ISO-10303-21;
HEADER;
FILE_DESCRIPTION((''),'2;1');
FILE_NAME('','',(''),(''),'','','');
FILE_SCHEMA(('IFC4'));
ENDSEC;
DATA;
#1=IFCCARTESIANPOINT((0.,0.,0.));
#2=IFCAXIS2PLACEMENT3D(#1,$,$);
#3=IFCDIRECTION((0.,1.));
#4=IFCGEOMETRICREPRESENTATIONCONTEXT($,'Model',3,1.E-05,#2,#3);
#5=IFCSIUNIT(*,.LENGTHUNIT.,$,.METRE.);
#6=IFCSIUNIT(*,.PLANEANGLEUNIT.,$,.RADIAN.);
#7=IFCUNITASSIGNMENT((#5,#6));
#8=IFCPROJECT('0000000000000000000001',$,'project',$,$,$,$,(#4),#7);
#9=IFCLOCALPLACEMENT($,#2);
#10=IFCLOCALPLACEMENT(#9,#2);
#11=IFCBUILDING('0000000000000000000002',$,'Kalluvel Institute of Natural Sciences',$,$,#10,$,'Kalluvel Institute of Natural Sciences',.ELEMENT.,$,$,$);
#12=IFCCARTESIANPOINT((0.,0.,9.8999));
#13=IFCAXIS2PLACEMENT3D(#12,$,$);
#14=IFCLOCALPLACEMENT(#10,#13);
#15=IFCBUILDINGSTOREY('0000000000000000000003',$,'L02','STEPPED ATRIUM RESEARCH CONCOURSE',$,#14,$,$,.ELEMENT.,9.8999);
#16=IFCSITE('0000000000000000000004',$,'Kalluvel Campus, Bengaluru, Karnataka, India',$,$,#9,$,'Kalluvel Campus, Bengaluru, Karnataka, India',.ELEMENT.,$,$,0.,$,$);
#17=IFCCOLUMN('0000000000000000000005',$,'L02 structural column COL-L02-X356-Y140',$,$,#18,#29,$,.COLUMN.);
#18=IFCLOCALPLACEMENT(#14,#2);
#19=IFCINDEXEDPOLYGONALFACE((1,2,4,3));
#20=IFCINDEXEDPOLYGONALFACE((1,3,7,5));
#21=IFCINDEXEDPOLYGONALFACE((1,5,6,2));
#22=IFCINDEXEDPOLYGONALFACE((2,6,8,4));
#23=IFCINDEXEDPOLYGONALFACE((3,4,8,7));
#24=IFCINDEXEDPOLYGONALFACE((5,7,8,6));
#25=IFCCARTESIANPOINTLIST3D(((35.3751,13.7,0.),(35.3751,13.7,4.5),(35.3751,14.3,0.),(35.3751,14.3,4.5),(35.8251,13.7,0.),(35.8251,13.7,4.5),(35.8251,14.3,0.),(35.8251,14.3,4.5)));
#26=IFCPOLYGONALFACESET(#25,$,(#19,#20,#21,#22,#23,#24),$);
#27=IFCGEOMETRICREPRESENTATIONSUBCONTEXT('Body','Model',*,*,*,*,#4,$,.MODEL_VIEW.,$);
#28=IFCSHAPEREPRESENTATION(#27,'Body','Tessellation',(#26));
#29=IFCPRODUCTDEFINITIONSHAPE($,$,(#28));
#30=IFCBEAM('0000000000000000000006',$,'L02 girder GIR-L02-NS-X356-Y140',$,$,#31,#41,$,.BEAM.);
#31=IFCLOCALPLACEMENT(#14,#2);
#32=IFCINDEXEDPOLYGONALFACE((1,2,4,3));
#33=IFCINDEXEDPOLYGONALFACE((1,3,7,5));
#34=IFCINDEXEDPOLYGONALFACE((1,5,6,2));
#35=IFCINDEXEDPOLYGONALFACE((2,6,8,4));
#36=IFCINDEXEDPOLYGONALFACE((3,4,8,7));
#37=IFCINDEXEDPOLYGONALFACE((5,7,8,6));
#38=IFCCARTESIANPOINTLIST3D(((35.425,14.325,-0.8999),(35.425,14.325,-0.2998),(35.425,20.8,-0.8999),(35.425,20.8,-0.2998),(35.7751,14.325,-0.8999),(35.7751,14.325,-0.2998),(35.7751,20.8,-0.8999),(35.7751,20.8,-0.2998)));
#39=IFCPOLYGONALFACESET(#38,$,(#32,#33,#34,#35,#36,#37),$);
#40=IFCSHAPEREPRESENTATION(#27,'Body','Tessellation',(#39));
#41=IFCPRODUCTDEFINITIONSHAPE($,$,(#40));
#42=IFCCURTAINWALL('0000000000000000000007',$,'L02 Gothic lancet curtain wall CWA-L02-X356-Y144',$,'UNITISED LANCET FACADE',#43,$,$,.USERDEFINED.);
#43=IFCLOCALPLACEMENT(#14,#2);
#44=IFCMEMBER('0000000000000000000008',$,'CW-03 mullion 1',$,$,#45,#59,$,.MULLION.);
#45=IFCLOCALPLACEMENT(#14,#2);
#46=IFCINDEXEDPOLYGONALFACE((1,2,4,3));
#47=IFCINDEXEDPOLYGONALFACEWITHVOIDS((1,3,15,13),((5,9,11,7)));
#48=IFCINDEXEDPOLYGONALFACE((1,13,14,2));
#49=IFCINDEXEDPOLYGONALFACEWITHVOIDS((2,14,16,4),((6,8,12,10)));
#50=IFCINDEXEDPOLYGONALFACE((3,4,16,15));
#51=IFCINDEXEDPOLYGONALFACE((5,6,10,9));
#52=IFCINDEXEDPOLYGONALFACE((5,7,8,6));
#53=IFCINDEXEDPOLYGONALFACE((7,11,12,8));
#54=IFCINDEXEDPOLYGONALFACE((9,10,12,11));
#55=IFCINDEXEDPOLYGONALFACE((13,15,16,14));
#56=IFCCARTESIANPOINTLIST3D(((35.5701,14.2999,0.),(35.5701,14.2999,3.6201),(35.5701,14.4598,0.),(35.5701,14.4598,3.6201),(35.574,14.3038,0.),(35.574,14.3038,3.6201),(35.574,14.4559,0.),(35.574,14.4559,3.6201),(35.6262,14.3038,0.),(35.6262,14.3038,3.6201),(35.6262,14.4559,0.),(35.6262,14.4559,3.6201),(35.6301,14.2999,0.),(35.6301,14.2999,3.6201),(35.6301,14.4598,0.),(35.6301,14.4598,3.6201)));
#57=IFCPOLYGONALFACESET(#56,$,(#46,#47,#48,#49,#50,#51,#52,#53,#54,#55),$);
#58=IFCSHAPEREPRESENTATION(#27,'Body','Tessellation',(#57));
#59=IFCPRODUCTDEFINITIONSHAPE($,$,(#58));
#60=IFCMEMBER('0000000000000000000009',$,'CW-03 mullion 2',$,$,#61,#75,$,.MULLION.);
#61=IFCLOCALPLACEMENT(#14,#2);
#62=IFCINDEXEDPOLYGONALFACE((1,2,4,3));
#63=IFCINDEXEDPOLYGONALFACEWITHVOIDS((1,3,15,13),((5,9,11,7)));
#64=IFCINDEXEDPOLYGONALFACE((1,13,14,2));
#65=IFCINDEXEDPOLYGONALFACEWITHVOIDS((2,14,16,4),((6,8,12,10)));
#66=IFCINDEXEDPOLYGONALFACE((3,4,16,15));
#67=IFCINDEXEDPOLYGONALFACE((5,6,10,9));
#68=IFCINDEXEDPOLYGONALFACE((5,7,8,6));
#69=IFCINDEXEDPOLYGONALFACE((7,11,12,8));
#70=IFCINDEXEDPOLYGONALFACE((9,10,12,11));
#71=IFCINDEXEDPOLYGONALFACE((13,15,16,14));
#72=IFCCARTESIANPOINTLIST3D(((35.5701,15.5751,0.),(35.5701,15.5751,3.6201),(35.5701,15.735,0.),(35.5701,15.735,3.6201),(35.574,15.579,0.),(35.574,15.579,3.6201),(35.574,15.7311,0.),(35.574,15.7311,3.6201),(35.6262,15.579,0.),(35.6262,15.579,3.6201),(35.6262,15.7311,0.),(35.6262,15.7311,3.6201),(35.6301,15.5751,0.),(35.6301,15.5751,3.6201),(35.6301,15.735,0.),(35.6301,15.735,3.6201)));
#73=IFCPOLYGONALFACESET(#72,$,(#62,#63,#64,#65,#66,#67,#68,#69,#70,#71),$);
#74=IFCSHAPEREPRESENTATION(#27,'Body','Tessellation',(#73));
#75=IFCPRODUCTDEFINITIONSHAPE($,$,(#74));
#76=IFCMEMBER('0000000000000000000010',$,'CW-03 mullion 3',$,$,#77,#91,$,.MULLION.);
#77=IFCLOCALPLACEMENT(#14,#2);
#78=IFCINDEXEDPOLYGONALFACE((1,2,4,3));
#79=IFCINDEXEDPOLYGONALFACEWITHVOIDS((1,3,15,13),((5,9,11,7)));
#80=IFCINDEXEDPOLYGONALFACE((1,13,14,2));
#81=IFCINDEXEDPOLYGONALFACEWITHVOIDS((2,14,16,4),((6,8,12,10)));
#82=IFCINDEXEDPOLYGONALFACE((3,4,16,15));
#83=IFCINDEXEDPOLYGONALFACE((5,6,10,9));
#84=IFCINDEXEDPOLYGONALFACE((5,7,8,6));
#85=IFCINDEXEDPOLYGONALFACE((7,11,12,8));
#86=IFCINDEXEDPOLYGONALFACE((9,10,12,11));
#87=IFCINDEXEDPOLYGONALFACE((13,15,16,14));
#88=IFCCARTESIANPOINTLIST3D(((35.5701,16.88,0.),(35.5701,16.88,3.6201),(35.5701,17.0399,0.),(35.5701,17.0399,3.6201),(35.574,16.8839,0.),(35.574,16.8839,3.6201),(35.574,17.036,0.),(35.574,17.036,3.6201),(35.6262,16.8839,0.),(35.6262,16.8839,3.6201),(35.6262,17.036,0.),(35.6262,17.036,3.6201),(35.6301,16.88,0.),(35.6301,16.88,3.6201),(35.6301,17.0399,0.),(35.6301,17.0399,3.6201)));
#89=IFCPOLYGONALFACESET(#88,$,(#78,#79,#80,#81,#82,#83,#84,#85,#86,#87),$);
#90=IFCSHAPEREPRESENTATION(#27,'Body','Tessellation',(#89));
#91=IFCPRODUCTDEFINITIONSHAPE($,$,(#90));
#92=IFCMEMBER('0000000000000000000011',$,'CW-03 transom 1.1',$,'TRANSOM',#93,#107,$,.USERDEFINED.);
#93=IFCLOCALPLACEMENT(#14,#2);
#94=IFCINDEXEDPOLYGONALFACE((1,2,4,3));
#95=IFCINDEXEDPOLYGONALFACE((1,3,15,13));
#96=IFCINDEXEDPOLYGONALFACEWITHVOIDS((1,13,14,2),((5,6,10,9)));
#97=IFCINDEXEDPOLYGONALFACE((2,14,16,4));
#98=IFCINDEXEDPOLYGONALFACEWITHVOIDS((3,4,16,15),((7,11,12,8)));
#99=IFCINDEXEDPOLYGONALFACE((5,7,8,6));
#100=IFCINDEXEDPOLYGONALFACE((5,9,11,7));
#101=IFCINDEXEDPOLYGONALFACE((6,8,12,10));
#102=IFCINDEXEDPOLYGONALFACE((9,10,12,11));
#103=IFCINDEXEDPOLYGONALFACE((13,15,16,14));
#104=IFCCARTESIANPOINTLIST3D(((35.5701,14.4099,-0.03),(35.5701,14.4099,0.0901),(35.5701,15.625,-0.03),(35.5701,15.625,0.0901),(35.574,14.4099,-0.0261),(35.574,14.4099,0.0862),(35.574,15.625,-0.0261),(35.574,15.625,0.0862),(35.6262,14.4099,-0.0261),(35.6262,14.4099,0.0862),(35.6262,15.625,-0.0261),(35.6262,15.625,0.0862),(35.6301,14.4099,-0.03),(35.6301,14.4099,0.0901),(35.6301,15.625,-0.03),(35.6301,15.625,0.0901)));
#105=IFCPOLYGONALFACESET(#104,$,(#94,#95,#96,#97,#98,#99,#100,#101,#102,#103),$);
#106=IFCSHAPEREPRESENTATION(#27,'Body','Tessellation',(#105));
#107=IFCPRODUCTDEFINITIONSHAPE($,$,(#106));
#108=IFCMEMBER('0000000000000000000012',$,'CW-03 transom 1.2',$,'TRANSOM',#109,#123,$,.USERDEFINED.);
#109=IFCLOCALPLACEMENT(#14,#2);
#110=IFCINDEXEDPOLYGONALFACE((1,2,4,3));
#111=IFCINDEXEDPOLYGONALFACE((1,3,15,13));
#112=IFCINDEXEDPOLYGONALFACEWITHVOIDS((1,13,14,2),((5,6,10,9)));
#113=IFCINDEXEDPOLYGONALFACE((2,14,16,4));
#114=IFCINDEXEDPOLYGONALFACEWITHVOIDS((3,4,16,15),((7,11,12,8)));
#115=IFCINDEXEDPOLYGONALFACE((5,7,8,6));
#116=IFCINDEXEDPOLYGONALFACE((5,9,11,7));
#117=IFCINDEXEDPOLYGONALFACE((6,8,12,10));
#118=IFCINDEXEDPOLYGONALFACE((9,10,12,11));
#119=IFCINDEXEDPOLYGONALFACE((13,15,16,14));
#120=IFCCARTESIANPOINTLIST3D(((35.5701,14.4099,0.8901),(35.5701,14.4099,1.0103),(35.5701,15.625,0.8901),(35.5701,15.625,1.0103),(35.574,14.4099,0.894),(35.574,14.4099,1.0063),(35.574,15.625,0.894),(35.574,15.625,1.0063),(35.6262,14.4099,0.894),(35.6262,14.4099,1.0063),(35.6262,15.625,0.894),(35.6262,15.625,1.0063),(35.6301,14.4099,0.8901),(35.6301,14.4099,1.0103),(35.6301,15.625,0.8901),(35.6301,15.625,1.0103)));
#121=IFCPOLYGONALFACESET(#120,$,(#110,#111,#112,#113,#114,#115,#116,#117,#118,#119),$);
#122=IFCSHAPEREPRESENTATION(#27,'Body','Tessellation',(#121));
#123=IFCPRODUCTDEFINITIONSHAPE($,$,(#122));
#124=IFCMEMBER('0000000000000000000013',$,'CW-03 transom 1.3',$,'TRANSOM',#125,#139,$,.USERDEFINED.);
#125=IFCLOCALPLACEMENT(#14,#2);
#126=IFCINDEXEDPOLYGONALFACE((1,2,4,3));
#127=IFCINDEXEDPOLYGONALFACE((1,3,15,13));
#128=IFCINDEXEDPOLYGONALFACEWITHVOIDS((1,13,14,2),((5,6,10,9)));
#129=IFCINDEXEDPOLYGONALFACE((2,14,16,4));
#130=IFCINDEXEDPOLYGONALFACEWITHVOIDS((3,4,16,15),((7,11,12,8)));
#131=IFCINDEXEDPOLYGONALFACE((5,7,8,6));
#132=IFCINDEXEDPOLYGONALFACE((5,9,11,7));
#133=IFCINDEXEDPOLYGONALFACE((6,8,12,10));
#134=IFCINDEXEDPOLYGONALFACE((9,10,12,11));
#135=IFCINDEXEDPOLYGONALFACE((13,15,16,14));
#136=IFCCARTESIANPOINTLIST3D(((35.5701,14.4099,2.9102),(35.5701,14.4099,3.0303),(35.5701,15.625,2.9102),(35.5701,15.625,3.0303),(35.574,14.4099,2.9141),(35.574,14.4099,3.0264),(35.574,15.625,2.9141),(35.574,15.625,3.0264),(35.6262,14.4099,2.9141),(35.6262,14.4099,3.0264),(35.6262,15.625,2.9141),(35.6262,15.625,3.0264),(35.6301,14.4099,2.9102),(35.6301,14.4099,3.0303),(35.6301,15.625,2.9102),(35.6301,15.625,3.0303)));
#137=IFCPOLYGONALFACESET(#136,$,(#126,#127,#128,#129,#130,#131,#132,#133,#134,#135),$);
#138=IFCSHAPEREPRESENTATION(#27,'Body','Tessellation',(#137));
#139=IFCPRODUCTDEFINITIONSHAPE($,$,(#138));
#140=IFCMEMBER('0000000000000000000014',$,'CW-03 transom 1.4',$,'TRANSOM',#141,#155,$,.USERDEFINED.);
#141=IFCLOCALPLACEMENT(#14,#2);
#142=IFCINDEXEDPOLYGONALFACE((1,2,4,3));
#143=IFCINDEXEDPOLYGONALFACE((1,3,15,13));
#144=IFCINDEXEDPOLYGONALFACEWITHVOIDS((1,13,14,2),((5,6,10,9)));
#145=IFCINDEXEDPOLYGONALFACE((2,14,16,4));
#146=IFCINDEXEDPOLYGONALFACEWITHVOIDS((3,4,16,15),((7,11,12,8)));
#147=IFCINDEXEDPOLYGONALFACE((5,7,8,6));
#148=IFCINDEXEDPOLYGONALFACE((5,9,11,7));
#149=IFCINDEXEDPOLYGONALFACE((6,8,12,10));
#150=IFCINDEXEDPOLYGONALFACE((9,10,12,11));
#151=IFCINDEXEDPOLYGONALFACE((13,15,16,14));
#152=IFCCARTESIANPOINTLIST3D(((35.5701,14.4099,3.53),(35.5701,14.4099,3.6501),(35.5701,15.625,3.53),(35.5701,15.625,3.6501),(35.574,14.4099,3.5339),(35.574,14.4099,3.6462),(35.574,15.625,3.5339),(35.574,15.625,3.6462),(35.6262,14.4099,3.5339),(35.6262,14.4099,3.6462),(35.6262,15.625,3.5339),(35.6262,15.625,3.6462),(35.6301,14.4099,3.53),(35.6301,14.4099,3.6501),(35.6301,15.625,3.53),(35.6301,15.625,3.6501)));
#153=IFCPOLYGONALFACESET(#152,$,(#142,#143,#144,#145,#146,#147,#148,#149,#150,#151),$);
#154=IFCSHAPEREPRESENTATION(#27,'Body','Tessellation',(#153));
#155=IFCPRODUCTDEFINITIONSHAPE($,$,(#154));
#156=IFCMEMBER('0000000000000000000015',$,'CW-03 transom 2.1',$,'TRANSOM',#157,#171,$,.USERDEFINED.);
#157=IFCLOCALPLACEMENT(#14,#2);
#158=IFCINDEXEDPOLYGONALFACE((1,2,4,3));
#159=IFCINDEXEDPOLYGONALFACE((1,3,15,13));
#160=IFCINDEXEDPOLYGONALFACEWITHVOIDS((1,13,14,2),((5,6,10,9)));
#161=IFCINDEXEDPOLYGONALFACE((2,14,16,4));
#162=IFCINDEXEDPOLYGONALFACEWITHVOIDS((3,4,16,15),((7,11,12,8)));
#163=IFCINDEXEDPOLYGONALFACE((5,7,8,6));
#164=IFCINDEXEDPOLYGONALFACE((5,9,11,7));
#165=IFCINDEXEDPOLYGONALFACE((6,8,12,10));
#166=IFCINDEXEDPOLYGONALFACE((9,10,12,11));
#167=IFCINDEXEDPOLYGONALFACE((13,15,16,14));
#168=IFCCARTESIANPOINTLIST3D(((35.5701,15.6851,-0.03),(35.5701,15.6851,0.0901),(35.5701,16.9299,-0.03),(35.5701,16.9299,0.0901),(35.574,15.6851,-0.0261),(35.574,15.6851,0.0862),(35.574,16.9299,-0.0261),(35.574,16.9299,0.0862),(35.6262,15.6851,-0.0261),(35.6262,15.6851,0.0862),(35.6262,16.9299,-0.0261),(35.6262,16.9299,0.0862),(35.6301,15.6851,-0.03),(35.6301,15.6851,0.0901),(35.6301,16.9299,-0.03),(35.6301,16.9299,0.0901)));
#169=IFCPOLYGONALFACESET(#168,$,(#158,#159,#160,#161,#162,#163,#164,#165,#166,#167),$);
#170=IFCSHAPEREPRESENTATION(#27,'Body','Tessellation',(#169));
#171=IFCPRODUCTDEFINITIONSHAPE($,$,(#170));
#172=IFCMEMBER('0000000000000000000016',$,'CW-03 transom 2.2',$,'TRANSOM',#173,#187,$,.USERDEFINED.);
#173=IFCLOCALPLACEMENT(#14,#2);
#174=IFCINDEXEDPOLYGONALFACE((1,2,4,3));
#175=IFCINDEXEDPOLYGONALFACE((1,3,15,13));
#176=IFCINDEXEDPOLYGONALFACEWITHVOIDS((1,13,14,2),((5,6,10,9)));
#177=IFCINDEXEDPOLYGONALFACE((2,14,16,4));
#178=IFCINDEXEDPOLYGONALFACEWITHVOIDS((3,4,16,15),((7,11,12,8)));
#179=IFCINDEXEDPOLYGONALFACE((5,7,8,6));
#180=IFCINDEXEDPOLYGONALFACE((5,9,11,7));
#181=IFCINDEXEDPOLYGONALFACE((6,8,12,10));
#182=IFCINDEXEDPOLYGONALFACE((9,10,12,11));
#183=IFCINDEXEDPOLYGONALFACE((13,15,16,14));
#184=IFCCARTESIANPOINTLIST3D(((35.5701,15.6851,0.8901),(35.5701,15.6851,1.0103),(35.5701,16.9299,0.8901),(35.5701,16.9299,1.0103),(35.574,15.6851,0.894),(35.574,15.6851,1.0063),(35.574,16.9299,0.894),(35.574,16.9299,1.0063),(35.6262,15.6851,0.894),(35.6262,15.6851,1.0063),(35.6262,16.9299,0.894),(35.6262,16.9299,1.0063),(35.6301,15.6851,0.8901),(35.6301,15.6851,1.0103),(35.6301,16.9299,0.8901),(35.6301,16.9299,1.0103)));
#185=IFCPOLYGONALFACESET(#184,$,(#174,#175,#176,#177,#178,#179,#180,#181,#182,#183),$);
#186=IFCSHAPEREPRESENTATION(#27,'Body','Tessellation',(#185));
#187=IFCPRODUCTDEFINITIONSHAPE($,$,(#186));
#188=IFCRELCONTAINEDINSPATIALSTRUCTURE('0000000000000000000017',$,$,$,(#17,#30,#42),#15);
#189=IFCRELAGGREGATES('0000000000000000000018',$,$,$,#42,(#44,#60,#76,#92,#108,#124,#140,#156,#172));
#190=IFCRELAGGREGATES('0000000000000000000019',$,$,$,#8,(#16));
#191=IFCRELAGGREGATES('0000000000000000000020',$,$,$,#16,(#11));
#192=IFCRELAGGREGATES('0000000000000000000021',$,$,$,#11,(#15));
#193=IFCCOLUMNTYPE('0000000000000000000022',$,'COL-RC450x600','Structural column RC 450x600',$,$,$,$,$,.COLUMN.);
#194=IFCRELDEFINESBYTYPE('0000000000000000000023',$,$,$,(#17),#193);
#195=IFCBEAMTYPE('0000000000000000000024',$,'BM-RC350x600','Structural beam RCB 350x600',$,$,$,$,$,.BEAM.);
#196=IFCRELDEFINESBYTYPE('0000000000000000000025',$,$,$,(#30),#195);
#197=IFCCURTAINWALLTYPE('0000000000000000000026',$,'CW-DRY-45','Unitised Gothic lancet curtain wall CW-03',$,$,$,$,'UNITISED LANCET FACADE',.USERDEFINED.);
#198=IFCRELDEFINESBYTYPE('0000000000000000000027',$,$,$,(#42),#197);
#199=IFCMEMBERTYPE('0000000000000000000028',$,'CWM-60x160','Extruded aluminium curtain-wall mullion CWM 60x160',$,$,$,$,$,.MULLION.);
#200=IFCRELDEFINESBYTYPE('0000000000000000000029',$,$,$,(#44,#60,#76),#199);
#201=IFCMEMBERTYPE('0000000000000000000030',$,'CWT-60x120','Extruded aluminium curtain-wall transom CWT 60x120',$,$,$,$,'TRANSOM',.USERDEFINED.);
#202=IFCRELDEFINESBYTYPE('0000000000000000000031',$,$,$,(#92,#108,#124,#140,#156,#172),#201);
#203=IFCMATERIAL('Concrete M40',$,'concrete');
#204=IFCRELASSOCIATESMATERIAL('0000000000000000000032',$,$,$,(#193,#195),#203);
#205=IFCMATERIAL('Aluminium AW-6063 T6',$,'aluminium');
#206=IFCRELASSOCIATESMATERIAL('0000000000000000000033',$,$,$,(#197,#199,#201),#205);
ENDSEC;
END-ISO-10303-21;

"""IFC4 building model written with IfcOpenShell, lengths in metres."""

from ifc_helpers import new_model, si_unit, direction, frame, origin, origin_2d, place, context, subcontext, project, spatial, rectangle, hollow_rectangle, extrude, material, material_profile, profile_set, type_object, element, aggregate, save


model = new_model("IFC4")

# Units and contexts
model_context = context("Model", 3, precision=1e-05, world=origin(), true_north=direction((0.0, 1.0)))
body_context = subcontext(model_context, "Body", "Model", "MODEL_VIEW")
ifc_project = project(units=[si_unit("LENGTHUNIT", "METRE"), si_unit("PLANEANGLEUNIT", "RADIAN")], contexts=[model_context])

# Site, building, storey
site_placement = place(None, origin())
site = spatial("IfcSite", under=ifc_project, at=site_placement, Name="Kalluvel Campus, Bengaluru, Karnataka, India", LongName="Kalluvel Campus, Bengaluru, Karnataka, India", CompositionType="ELEMENT", RefElevation=0.0)
building_placement = place(site_placement, origin())
building = spatial("IfcBuilding", under=site, at=building_placement, Name="Kalluvel Institute of Natural Sciences", LongName="Kalluvel Institute of Natural Sciences", CompositionType="ELEMENT")
storey_placement = place(building_placement, frame((0.0, 0.0, 9.8999)))
storey = spatial("IfcBuildingStorey", under=building, at=storey_placement, Name="L02", Description="STEPPED ATRIUM RESEARCH CONCOURSE", CompositionType="ELEMENT", Elevation=9.8999)

# Column
ifc_material_1 = material(Name="Concrete M40", Category="concrete")
ifc_material_profile_1 = material_profile(ifc_material_1, rectangle(XDim=0.45, YDim=0.6001, at=origin_2d()), Name="RC 450x600")
ifc_profile_set_1 = profile_set([ifc_material_profile_1], Name="Concrete M40")
column_type = type_object("IfcColumnType", Name="COL-RC450x600", Description="Structural column RC 450x600", PredefinedType="COLUMN", material=ifc_profile_set_1)
column_placement = place(storey_placement, frame((35.6001, 14.0, 0.0), z_axis=(0.0, 0.0, 1.0), x_axis=(1.0, 0.0, 0.0)))
element("IfcColumn", 1, at=column_placement, inside=storey, type_object=column_type, Name="L02 structural column COL-L02-X356-Y140", PredefinedType="COLUMN", context=body_context, shape_type="SweptSolid", body=[
    extrude(rectangle(XDim=0.45, YDim=0.6001, at=origin_2d()), origin(), (0.0, 0.0, 1.0), 4.5),
])

# Beam
ifc_material_profile_2 = material_profile(ifc_material_1, rectangle(XDim=0.3501, YDim=0.6001, at=origin_2d()), Name="RCB 350x600")
ifc_profile_set_2 = profile_set([ifc_material_profile_2], Name="Concrete M40")
beam_type = type_object("IfcBeamType", Name="BM-RC350x600", Description="Structural beam RCB 350x600", PredefinedType="BEAM", material=ifc_profile_set_2)
beam_placement = place(storey_placement, frame((35.6001, 14.325, -0.5999), z_axis=(0.0, 1.0, 0.0), x_axis=(-1.0, 0.0, 0.0)))
element("IfcBeam", 2, at=beam_placement, inside=storey, type_object=beam_type, Name="L02 girder GIR-L02-NS-X356-Y140", PredefinedType="BEAM", context=body_context, shape_type="SweptSolid", body=[
    extrude(rectangle(XDim=0.3501, YDim=0.6001, at=origin_2d()), origin(), (0.0, 0.0, 1.0), 6.4751),
])

# Curtain wall, members
ifc_material_2 = material(Name="Aluminium AW-6063 T6", Category="aluminium")
curtain_wall_type = type_object("IfcCurtainWallType", Name="CW-DRY-45", Description="Unitised Gothic lancet curtain wall CW-03", ElementType="UNITISED LANCET FACADE", PredefinedType="USERDEFINED", material=ifc_material_2)
curtain_wall_placement = place(storey_placement, origin())
curtain_wall = element("IfcCurtainWall", 3, at=curtain_wall_placement, inside=storey, type_object=curtain_wall_type, Name="L02 Gothic lancet curtain wall CWA-L02-X356-Y144", ObjectType="UNITISED LANCET FACADE", PredefinedType="USERDEFINED")
ifc_material_profile_3 = material_profile(ifc_material_2, hollow_rectangle(XDim=0.0601, YDim=0.1599, WallThickness=0.0039, at=origin_2d()), Name="CWM 60x160")
ifc_profile_set_3 = profile_set([ifc_material_profile_3], Name="Aluminium AW-6063 T6")
member_type_1 = type_object("IfcMemberType", Name="CWM-60x160", Description="Extruded aluminium curtain-wall mullion CWM 60x160", PredefinedType="MULLION", material=ifc_profile_set_3)
member_1_placement = place(storey_placement, frame((35.6001, 14.3799, 0.0), z_axis=(0.0, 0.0, 1.0), x_axis=(-1.0, 0.0, 0.0)))
member_1 = element("IfcMember", 4, at=member_1_placement, type_object=member_type_1, Name="CW-03 mullion 1", PredefinedType="MULLION", context=body_context, shape_type="SweptSolid", body=[
    extrude(hollow_rectangle(XDim=0.0601, YDim=0.1599, WallThickness=0.0039, at=origin_2d()), origin(), (0.0, 0.0, 1.0), 3.6201),
])
member_2_placement = place(storey_placement, frame((35.6001, 15.655, 0.0), z_axis=(0.0, 0.0, 1.0), x_axis=(-1.0, 0.0, 0.0)))
member_2 = element("IfcMember", 5, at=member_2_placement, type_object=member_type_1, Name="CW-03 mullion 2", PredefinedType="MULLION", context=body_context, shape_type="SweptSolid", body=[
    extrude(hollow_rectangle(XDim=0.0601, YDim=0.1599, WallThickness=0.0039, at=origin_2d()), origin(), (0.0, 0.0, 1.0), 3.6201),
])
member_3_placement = place(storey_placement, frame((35.6001, 16.96, 0.0), z_axis=(0.0, 0.0, 1.0), x_axis=(-1.0, 0.0, 0.0)))
member_3 = element("IfcMember", 6, at=member_3_placement, type_object=member_type_1, Name="CW-03 mullion 3", PredefinedType="MULLION", context=body_context, shape_type="SweptSolid", body=[
    extrude(hollow_rectangle(XDim=0.0601, YDim=0.1599, WallThickness=0.0039, at=origin_2d()), origin(), (0.0, 0.0, 1.0), 3.6201),
])
ifc_material_profile_4 = material_profile(ifc_material_2, hollow_rectangle(XDim=0.0601, YDim=0.1201, WallThickness=0.0039, at=origin_2d()), Name="CWT 60x120")
ifc_profile_set_4 = profile_set([ifc_material_profile_4], Name="Aluminium AW-6063 T6")
member_type_2 = type_object("IfcMemberType", Name="CWT-60x120", Description="Extruded aluminium curtain-wall transom CWT 60x120", ElementType="TRANSOM", PredefinedType="USERDEFINED", material=ifc_profile_set_4)
member_4_placement = place(storey_placement, frame((35.6001, 14.4099, 0.03), z_axis=(0.0, 1.0, 0.0), x_axis=(-1.0, 0.0, 0.0)))
member_4 = element("IfcMember", 7, at=member_4_placement, type_object=member_type_2, Name="CW-03 transom 1.1", ObjectType="TRANSOM", PredefinedType="USERDEFINED", context=body_context, shape_type="SweptSolid", body=[
    extrude(hollow_rectangle(XDim=0.0601, YDim=0.1201, WallThickness=0.0039, at=origin_2d()), origin(), (0.0, 0.0, 1.0), 1.2151),
])
member_5_placement = place(storey_placement, frame((35.6001, 14.4099, 0.9502), z_axis=(0.0, 1.0, 0.0), x_axis=(-1.0, 0.0, 0.0)))
member_5 = element("IfcMember", 8, at=member_5_placement, type_object=member_type_2, Name="CW-03 transom 1.2", ObjectType="TRANSOM", PredefinedType="USERDEFINED", context=body_context, shape_type="SweptSolid", body=[
    extrude(hollow_rectangle(XDim=0.0601, YDim=0.1201, WallThickness=0.0039, at=origin_2d()), origin(), (0.0, 0.0, 1.0), 1.2151),
])
member_6_placement = place(storey_placement, frame((35.6001, 14.4099, 2.9702), z_axis=(0.0, 1.0, 0.0), x_axis=(-1.0, 0.0, 0.0)))
member_6 = element("IfcMember", 9, at=member_6_placement, type_object=member_type_2, Name="CW-03 transom 1.3", ObjectType="TRANSOM", PredefinedType="USERDEFINED", context=body_context, shape_type="SweptSolid", body=[
    extrude(hollow_rectangle(XDim=0.0601, YDim=0.1201, WallThickness=0.0039, at=origin_2d()), origin(), (0.0, 0.0, 1.0), 1.2151),
])
member_7_placement = place(storey_placement, frame((35.6001, 14.4099, 3.5901), z_axis=(0.0, 1.0, 0.0), x_axis=(-1.0, 0.0, 0.0)))
member_7 = element("IfcMember", 10, at=member_7_placement, type_object=member_type_2, Name="CW-03 transom 1.4", ObjectType="TRANSOM", PredefinedType="USERDEFINED", context=body_context, shape_type="SweptSolid", body=[
    extrude(hollow_rectangle(XDim=0.0601, YDim=0.1201, WallThickness=0.0039, at=origin_2d()), origin(), (0.0, 0.0, 1.0), 1.2151),
])
member_8_placement = place(storey_placement, frame((35.6001, 15.6851, 0.03), z_axis=(0.0, 1.0, 0.0), x_axis=(-1.0, 0.0, 0.0)))
member_8 = element("IfcMember", 11, at=member_8_placement, type_object=member_type_2, Name="CW-03 transom 2.1", ObjectType="TRANSOM", PredefinedType="USERDEFINED", context=body_context, shape_type="SweptSolid", body=[
    extrude(hollow_rectangle(XDim=0.0601, YDim=0.1201, WallThickness=0.0039, at=origin_2d()), origin(), (0.0, 0.0, 1.0), 1.2449),
])
member_9_placement = place(storey_placement, frame((35.6001, 15.6851, 0.9502), z_axis=(0.0, 1.0, 0.0), x_axis=(-1.0, 0.0, 0.0)))
member_9 = element("IfcMember", 12, at=member_9_placement, type_object=member_type_2, Name="CW-03 transom 2.2", ObjectType="TRANSOM", PredefinedType="USERDEFINED", context=body_context, shape_type="SweptSolid", body=[
    extrude(hollow_rectangle(XDim=0.0601, YDim=0.1201, WallThickness=0.0039, at=origin_2d()), origin(), (0.0, 0.0, 1.0), 1.2449),
])
aggregate(curtain_wall, [member_1, member_2, member_3, member_4, member_5, member_6, member_7, member_8, member_9])

save(model, "model.ifc")
